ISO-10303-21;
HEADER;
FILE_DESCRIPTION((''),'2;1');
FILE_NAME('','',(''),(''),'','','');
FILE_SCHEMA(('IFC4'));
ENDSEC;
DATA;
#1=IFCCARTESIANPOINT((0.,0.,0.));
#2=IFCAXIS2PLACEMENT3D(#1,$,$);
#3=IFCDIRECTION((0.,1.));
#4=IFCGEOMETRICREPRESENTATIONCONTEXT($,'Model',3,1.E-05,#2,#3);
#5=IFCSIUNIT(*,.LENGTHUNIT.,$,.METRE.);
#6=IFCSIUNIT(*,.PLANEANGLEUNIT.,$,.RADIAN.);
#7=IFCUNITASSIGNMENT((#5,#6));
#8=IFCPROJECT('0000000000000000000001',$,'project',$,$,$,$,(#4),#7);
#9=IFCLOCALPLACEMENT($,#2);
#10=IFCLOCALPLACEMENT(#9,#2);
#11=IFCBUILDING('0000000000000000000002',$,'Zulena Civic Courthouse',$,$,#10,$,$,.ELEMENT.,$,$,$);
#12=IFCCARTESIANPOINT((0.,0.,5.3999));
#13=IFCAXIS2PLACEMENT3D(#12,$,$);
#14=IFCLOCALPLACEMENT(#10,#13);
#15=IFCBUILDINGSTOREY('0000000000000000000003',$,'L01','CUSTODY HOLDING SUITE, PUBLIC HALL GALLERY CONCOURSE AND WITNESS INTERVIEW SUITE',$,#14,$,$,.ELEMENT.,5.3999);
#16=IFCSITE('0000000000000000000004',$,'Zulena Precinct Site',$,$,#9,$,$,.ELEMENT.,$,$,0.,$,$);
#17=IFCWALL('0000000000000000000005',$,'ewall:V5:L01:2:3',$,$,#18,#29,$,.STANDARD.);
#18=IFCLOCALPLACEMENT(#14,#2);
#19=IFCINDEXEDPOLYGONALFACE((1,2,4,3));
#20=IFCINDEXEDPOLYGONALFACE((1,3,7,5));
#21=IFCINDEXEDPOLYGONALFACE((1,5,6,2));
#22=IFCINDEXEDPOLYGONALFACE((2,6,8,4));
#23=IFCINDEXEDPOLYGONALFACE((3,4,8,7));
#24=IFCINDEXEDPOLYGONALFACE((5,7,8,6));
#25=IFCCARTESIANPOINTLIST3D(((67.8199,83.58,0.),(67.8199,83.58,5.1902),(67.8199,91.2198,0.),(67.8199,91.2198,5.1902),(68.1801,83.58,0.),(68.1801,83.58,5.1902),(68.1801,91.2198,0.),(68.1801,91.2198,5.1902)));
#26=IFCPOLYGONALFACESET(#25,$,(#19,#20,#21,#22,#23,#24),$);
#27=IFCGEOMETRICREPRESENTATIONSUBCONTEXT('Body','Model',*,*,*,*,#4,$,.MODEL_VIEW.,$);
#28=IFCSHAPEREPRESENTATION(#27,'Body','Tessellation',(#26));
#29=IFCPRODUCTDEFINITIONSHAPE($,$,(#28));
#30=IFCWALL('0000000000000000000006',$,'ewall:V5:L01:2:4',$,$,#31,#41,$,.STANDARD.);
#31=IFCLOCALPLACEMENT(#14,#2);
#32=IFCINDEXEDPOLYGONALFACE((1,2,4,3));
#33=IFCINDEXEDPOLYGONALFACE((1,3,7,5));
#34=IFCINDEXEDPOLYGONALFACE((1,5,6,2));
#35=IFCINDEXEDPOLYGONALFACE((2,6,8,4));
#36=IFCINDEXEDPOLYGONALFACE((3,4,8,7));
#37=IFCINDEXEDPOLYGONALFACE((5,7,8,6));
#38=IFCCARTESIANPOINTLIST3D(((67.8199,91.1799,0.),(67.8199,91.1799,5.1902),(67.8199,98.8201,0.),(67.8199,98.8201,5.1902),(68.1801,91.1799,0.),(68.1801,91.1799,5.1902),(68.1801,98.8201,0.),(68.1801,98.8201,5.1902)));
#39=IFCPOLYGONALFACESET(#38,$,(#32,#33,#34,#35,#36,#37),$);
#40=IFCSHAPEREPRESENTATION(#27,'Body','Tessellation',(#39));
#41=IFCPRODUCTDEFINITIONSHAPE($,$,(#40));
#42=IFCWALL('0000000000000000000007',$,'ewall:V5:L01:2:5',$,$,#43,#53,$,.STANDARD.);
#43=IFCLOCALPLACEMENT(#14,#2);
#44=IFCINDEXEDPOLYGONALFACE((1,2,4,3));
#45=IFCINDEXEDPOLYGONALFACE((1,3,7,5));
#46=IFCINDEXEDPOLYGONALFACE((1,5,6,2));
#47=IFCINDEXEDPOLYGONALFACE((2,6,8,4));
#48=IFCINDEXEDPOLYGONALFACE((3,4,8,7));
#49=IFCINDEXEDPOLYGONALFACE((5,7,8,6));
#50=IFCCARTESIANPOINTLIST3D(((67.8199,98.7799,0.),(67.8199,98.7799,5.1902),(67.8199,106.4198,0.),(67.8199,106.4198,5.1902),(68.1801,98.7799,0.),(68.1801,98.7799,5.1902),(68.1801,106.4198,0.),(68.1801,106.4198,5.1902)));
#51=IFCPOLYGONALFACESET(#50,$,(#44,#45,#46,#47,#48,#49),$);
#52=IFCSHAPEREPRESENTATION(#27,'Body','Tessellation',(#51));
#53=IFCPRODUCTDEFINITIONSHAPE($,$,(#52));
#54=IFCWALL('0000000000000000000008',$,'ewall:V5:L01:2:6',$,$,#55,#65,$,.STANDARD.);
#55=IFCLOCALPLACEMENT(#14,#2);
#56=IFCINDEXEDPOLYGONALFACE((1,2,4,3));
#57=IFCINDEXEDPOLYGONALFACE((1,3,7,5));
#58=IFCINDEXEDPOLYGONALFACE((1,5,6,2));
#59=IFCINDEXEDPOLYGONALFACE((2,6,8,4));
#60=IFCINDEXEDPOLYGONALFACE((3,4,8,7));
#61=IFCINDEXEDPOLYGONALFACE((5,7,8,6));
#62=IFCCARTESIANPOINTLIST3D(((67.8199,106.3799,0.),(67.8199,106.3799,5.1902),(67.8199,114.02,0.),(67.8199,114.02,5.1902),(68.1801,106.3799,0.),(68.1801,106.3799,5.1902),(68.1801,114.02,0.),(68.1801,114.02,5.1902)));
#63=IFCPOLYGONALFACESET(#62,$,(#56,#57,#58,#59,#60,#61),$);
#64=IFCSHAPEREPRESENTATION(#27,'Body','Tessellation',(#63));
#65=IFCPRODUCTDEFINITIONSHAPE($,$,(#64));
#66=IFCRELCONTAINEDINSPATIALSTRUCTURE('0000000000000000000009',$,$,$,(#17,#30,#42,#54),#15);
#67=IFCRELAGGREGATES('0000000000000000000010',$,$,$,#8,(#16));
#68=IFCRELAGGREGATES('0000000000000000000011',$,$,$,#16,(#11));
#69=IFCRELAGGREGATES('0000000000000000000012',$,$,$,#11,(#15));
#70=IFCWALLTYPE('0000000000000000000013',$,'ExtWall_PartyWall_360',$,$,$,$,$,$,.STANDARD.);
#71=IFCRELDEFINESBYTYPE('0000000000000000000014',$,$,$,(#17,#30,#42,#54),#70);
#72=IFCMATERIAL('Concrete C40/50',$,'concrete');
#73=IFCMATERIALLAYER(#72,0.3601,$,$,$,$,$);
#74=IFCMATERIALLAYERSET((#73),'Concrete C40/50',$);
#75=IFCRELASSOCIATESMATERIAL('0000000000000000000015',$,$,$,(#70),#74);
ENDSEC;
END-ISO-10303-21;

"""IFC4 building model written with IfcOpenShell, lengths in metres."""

from ifc_helpers import new_model, si_unit, direction, frame, frame_2d, origin, place, context, subcontext, project, spatial, rectangle, extrude, material, layer, layer_set, type_object, element, save


model = new_model("IFC4")

# Units and contexts
model_context = context("Model", 3, precision=1e-05, world=origin(), true_north=direction((0.0, 1.0)))
body_context = subcontext(model_context, "Body", "Model", "MODEL_VIEW")
ifc_project = project(units=[si_unit("LENGTHUNIT", "METRE"), si_unit("PLANEANGLEUNIT", "RADIAN")], contexts=[model_context])

# Site, building, storey
site_placement = place(None, origin())
site = spatial("IfcSite", under=ifc_project, at=site_placement, Name="Zulena Precinct Site", CompositionType="ELEMENT", RefElevation=0.0)
building_placement = place(site_placement, origin())
building = spatial("IfcBuilding", under=site, at=building_placement, Name="Zulena Civic Courthouse", CompositionType="ELEMENT")
storey_placement = place(building_placement, frame((0.0, 0.0, 5.3999)))
storey = spatial("IfcBuildingStorey", under=building, at=storey_placement, Name="L01", Description="CUSTODY HOLDING SUITE, PUBLIC HALL GALLERY CONCOURSE AND WITNESS INTERVIEW SUITE", CompositionType="ELEMENT", Elevation=5.3999)

# Walls
ifc_material_1 = material(Name="Concrete C40/50", Category="concrete")
ifc_layer_1 = layer(ifc_material_1, 0.3601)
ifc_layer_set_1 = layer_set([ifc_layer_1], Name="Concrete C40/50")
wall_type_1 = type_object("IfcWallType", Name="ExtWall_PartyWall_360", PredefinedType="STANDARD", material=ifc_layer_set_1)
wall_1_placement = place(storey_placement, frame((68.0, 83.5801, 0.0), z_axis=(0.0, 0.0, 1.0), x_axis=(0.0, 1.0, 0.0)))
element("IfcWall", 1, at=wall_1_placement, inside=storey, type_object=wall_type_1, Name="ewall:V5:L01:2:3", PredefinedType="STANDARD", context=body_context, shape_type="SweptSolid", body=[
    extrude(rectangle(XDim=7.6399, YDim=0.3601, at=frame_2d((3.8198, 0.0))), origin(), (0.0, 0.0, 1.0), 5.1902),
])
wall_2_placement = place(storey_placement, frame((68.0, 91.1799, 0.0), z_axis=(0.0, 0.0, 1.0), x_axis=(0.0, 1.0, 0.0)))
element("IfcWall", 2, at=wall_2_placement, inside=storey, type_object=wall_type_1, Name="ewall:V5:L01:2:4", PredefinedType="STANDARD", context=body_context, shape_type="SweptSolid", body=[
    extrude(rectangle(XDim=7.6401, YDim=0.3601, at=frame_2d((3.8201, 0.0))), origin(), (0.0, 0.0, 1.0), 5.1902),
])
wall_3_placement = place(storey_placement, frame((68.0, 98.78, 0.0), z_axis=(0.0, 0.0, 1.0), x_axis=(0.0, 1.0, 0.0)))
element("IfcWall", 3, at=wall_3_placement, inside=storey, type_object=wall_type_1, Name="ewall:V5:L01:2:5", PredefinedType="STANDARD", context=body_context, shape_type="SweptSolid", body=[
    extrude(rectangle(XDim=7.6399, YDim=0.3601, at=frame_2d((3.8198, 0.0))), origin(), (0.0, 0.0, 1.0), 5.1902),
])
wall_4_placement = place(storey_placement, frame((68.0, 106.3799, 0.0), z_axis=(0.0, 0.0, 1.0), x_axis=(0.0, 1.0, 0.0)))
element("IfcWall", 4, at=wall_4_placement, inside=storey, type_object=wall_type_1, Name="ewall:V5:L01:2:6", PredefinedType="STANDARD", context=body_context, shape_type="SweptSolid", body=[
    extrude(rectangle(XDim=7.6401, YDim=0.3601, at=frame_2d((3.8201, 0.0))), origin(), (0.0, 0.0, 1.0), 5.1902),
])

save(model, "model.ifc")
